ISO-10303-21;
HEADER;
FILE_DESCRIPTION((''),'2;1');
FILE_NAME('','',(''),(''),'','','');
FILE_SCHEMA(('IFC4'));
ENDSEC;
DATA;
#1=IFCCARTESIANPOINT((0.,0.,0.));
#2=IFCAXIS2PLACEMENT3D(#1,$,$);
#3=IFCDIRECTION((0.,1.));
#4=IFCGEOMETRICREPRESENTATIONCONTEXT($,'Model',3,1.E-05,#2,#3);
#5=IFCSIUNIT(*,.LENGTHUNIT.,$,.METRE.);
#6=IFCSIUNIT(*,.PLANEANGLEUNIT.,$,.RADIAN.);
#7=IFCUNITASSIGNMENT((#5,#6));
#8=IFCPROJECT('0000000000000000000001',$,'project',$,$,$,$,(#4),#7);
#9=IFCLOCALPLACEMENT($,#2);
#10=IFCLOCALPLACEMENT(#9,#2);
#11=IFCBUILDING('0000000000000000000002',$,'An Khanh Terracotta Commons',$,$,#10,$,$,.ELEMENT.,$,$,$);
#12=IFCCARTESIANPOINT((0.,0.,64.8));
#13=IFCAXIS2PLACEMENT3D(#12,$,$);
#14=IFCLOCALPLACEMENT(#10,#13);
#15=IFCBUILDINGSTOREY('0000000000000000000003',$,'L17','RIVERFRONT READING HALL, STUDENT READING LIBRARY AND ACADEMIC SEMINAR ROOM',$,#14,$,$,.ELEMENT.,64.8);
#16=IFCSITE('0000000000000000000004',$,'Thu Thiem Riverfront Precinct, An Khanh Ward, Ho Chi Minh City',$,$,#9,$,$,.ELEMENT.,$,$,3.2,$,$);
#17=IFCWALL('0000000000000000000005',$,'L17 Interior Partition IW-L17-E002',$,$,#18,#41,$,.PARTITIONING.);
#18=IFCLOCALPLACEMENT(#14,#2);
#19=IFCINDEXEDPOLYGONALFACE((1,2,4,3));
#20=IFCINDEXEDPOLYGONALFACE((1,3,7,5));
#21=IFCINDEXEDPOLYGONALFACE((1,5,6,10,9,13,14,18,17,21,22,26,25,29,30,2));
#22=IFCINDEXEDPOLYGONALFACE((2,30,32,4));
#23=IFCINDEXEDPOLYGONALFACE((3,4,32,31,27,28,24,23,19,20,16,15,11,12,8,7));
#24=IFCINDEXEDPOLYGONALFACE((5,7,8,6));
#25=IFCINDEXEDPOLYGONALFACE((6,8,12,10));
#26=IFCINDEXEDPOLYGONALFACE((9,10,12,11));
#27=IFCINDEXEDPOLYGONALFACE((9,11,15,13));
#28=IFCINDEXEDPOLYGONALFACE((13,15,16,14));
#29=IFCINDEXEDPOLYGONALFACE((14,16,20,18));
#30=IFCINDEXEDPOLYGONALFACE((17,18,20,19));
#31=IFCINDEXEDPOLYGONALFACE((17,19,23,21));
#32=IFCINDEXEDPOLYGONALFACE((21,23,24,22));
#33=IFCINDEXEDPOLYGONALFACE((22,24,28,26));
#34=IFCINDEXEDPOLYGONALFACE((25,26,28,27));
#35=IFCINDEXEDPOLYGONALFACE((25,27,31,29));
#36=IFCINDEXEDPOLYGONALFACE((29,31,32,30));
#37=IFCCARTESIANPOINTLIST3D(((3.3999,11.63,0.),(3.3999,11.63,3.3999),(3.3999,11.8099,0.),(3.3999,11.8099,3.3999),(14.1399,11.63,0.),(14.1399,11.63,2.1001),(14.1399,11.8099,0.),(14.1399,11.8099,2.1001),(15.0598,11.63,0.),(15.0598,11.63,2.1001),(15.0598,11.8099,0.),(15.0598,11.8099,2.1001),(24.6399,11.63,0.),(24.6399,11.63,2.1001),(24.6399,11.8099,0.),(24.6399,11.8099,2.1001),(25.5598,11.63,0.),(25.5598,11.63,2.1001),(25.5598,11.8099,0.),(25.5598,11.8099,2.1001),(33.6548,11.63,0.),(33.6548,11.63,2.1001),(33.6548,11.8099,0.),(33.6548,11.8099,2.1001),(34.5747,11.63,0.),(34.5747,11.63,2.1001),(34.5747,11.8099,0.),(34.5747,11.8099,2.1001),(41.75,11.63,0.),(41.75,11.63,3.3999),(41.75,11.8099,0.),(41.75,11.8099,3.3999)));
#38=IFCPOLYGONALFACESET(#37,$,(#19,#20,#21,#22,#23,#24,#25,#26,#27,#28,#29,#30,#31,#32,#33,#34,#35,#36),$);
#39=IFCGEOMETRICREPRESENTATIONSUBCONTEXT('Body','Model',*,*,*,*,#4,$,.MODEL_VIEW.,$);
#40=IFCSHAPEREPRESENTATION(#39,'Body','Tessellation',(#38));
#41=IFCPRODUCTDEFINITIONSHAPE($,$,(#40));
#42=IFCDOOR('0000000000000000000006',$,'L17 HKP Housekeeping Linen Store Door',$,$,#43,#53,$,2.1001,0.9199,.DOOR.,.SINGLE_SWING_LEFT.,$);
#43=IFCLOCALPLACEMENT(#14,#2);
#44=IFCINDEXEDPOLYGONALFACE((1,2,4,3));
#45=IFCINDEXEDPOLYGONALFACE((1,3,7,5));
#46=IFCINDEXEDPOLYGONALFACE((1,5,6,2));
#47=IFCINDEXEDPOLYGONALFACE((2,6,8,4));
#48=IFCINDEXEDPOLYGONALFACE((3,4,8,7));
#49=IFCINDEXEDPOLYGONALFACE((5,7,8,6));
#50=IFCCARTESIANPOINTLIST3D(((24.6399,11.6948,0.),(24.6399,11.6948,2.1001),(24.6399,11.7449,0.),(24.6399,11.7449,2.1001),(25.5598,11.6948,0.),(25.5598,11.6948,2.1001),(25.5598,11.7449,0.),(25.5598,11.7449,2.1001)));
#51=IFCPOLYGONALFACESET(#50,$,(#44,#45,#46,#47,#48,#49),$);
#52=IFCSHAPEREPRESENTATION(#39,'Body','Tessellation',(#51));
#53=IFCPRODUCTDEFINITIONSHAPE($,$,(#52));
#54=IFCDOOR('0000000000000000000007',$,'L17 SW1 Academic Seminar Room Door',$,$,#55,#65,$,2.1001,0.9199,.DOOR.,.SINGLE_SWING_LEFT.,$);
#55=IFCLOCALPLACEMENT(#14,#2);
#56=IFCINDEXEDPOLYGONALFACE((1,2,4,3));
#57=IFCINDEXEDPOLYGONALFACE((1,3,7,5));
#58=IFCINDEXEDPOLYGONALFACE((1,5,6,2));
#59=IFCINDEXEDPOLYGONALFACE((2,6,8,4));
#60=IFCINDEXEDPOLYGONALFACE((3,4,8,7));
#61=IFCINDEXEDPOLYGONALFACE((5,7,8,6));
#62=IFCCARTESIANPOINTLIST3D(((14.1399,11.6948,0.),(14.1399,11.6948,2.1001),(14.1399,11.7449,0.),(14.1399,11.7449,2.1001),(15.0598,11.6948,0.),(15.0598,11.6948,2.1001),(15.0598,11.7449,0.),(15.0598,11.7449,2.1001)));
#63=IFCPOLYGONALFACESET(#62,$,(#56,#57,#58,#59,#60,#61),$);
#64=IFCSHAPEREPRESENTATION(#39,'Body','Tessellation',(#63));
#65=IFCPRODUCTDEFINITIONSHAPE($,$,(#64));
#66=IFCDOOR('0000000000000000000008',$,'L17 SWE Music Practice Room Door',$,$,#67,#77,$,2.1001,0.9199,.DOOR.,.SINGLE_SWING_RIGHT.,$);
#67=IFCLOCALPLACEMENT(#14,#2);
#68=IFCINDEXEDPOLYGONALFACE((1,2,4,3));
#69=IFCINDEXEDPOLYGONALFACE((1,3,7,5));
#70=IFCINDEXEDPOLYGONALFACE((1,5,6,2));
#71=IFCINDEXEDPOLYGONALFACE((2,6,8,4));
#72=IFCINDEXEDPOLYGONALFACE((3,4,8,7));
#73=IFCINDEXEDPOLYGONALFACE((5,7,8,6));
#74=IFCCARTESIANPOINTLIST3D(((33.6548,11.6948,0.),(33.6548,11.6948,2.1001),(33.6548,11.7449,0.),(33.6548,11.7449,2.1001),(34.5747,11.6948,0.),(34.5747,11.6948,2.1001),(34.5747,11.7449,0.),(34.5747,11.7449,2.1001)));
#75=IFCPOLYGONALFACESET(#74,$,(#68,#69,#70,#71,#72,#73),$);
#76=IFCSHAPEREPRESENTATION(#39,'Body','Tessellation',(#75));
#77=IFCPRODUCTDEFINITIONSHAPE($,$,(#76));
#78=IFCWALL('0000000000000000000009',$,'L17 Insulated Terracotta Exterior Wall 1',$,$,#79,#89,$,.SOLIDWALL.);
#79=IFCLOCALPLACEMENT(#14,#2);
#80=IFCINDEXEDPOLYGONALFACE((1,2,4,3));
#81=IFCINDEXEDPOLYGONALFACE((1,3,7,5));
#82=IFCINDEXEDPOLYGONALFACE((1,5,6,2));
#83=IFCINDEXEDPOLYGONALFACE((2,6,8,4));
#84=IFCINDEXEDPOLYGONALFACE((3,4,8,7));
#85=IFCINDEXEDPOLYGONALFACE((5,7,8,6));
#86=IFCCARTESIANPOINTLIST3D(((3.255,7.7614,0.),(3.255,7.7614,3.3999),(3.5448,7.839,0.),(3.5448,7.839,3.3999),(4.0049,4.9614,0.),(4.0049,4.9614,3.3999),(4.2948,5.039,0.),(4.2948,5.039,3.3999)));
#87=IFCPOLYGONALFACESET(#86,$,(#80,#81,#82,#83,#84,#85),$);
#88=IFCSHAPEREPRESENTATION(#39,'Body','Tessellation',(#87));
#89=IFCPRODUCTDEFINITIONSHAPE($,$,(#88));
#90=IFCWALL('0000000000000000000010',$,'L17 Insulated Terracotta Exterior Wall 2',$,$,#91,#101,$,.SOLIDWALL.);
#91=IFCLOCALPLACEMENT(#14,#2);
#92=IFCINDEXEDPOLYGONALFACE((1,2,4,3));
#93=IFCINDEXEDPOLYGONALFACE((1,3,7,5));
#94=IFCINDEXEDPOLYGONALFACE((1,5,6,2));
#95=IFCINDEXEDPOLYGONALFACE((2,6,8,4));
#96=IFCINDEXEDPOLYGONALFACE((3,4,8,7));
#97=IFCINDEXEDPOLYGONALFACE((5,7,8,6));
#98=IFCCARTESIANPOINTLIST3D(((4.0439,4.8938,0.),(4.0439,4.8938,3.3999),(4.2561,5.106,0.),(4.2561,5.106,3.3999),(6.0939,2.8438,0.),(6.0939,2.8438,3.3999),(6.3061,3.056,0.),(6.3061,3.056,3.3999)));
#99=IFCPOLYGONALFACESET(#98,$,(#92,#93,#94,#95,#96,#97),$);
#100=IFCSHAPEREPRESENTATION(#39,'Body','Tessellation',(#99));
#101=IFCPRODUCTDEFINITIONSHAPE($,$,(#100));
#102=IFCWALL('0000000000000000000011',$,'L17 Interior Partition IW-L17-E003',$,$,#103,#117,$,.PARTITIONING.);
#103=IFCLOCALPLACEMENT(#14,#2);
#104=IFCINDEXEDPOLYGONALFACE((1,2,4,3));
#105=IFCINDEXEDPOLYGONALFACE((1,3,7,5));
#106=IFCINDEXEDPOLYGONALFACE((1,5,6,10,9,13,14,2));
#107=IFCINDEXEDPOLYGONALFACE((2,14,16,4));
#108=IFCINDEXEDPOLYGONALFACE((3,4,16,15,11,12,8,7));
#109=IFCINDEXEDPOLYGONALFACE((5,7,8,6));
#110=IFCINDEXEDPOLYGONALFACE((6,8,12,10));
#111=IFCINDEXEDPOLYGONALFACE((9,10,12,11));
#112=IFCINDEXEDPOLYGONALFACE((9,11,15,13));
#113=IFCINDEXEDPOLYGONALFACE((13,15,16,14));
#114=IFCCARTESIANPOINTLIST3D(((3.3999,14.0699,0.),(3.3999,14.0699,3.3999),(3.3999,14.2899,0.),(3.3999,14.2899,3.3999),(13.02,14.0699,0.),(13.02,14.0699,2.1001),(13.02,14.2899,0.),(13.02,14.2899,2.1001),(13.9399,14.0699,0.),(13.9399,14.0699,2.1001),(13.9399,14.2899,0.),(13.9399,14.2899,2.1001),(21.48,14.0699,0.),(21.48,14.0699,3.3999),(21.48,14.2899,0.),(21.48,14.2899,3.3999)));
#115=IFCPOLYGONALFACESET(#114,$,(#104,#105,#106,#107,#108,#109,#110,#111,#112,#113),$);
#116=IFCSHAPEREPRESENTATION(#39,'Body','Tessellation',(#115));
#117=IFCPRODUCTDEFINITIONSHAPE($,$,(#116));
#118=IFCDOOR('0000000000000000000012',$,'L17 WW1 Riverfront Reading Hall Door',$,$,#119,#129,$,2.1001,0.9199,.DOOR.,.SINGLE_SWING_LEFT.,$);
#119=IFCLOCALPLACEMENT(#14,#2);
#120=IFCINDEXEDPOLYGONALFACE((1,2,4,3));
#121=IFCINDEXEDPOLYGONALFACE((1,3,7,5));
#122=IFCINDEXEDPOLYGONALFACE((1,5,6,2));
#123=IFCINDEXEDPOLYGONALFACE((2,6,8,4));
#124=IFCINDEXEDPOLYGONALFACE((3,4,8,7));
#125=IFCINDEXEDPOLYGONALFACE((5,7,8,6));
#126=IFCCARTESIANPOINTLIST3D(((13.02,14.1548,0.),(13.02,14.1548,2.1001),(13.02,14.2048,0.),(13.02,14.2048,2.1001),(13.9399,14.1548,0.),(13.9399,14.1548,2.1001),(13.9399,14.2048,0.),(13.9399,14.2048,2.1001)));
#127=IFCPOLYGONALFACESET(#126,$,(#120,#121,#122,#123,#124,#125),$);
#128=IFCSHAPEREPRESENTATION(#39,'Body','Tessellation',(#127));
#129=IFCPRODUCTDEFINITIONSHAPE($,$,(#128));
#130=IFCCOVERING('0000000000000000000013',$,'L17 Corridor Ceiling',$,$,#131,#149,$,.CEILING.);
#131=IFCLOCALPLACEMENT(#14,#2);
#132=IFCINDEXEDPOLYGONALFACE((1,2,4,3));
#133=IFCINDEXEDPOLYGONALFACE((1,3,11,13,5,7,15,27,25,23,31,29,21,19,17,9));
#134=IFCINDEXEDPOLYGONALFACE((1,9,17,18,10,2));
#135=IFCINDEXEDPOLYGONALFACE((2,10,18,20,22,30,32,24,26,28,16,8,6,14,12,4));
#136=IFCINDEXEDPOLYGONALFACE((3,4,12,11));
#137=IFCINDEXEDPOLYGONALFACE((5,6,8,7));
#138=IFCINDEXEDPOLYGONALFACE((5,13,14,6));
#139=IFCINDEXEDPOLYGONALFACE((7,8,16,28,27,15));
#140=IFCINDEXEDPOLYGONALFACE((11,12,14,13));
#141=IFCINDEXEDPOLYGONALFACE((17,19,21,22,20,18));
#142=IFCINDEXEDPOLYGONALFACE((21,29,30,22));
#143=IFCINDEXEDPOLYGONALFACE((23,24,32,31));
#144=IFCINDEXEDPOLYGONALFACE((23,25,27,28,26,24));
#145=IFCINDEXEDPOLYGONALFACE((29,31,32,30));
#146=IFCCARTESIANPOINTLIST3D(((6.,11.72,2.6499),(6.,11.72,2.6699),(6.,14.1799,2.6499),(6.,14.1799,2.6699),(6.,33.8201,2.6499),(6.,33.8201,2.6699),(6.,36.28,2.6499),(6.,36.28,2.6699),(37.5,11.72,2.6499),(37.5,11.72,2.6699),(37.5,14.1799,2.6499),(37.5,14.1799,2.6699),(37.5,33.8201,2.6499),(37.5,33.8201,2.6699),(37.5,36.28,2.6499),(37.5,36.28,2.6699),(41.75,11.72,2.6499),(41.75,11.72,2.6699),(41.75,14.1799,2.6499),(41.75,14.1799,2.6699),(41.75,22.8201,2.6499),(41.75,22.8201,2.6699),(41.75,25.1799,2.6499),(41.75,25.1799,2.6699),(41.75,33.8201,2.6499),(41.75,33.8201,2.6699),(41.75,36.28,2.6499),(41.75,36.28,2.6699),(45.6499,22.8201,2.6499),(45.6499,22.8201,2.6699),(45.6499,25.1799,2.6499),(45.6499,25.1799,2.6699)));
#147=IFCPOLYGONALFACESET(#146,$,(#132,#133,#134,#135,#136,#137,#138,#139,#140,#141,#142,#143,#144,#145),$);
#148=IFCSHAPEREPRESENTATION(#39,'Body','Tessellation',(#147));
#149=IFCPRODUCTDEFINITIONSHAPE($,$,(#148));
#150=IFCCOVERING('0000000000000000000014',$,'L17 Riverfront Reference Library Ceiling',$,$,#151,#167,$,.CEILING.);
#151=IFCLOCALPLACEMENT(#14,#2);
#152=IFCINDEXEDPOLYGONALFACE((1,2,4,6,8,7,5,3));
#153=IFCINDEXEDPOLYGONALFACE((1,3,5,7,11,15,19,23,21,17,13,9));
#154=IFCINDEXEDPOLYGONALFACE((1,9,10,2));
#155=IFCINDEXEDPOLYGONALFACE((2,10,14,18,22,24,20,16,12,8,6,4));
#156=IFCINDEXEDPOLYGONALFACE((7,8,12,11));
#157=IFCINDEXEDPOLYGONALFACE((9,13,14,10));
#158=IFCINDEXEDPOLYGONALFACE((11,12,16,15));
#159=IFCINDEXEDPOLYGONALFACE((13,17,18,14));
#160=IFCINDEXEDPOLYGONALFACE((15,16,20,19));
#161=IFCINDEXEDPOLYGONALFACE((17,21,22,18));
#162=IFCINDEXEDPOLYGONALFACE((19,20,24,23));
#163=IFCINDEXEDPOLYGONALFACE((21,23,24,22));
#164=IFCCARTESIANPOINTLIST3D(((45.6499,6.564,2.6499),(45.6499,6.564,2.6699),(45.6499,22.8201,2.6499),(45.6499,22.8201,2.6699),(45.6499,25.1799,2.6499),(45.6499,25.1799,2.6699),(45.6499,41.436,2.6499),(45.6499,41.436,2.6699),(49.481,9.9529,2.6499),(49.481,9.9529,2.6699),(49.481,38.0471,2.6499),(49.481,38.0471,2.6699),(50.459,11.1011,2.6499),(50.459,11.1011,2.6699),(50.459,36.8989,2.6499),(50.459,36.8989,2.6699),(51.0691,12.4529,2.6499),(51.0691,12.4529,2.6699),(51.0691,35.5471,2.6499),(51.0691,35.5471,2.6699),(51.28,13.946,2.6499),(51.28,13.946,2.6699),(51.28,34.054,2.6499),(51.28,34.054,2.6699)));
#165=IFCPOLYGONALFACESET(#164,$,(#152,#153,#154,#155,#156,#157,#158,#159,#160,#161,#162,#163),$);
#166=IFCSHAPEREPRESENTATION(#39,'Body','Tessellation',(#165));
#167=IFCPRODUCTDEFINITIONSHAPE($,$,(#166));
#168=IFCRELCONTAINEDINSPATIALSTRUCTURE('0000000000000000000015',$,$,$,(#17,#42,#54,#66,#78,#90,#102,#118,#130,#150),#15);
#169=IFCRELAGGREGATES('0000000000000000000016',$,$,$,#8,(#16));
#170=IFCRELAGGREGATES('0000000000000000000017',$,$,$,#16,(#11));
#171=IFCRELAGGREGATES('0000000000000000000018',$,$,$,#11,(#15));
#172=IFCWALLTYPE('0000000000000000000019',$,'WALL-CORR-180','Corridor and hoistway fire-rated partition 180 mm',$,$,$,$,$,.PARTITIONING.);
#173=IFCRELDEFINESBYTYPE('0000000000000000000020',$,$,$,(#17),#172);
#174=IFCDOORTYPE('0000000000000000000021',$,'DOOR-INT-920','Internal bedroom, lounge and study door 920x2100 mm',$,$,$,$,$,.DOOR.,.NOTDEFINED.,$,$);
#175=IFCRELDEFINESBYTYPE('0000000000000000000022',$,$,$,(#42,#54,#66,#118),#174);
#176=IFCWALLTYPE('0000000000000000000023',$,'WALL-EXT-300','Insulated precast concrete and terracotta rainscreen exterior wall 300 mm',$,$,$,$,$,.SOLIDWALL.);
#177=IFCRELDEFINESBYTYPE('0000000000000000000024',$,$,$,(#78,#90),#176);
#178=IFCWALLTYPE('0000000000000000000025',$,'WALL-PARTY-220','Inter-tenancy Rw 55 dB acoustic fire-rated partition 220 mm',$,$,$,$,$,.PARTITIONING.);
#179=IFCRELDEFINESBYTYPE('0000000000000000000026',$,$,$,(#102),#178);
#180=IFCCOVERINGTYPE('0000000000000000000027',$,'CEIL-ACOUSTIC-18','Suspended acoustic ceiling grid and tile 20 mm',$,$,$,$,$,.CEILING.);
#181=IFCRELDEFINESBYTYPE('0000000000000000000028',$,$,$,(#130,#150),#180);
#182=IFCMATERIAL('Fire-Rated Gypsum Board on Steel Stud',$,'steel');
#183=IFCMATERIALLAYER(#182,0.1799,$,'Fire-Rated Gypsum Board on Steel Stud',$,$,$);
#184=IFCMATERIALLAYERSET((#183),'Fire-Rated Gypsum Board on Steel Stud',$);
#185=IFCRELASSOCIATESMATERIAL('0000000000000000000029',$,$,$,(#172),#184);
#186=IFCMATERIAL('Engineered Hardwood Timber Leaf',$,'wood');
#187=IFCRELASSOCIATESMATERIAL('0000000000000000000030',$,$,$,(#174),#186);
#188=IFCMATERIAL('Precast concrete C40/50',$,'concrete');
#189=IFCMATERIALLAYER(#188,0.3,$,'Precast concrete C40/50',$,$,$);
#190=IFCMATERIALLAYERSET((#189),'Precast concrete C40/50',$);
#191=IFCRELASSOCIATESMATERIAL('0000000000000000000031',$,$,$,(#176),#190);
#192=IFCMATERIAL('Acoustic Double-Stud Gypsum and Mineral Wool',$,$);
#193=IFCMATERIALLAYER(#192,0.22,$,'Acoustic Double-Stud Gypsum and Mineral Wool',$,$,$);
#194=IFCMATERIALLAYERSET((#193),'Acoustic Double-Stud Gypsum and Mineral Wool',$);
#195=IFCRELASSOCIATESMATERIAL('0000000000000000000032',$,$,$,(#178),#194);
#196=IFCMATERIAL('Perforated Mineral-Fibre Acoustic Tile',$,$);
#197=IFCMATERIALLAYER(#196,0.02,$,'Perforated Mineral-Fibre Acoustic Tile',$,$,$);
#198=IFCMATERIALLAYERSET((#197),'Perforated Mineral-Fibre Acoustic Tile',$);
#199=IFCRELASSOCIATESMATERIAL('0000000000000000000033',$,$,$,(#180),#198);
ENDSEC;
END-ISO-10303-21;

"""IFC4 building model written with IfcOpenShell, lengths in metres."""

from ifc_helpers import new_model, si_unit, direction, frame, frame_2d, origin, place, context, subcontext, project, spatial, polyline, rectangle, outline, extrude, material, layer, layer_set, type_object, element, fill, save


model = new_model("IFC4")

# Units and contexts
model_context = context("Model", 3, precision=1e-05, world=origin(), true_north=direction((0.0, 1.0)))
body_context = subcontext(model_context, "Body", "Model", "MODEL_VIEW")
ifc_project = project(units=[si_unit("LENGTHUNIT", "METRE"), si_unit("PLANEANGLEUNIT", "RADIAN")], contexts=[model_context])

# Site, building, storey
site_placement = place(None, origin())
site = spatial("IfcSite", under=ifc_project, at=site_placement, Name="Thu Thiem Riverfront Precinct, An Khanh Ward, Ho Chi Minh City", CompositionType="ELEMENT", RefElevation=3.2)
building_placement = place(site_placement, origin())
building = spatial("IfcBuilding", under=site, at=building_placement, Name="An Khanh Terracotta Commons", CompositionType="ELEMENT")
storey_placement = place(building_placement, frame((0.0, 0.0, 64.8)))
storey = spatial("IfcBuildingStorey", under=building, at=storey_placement, Name="L17", Description="RIVERFRONT READING HALL, STUDENT READING LIBRARY AND ACADEMIC SEMINAR ROOM", CompositionType="ELEMENT", Elevation=64.8)

# Shared definitions
ifc_material_1 = material(Name="Precast concrete C40/50", Category="concrete")

# Wall, openings, doors
ifc_material_2 = material(Name="Fire-Rated Gypsum Board on Steel Stud", Category="steel")
ifc_layer_1 = layer(ifc_material_2, 0.1799, Name="Fire-Rated Gypsum Board on Steel Stud")
ifc_layer_set_1 = layer_set([ifc_layer_1], Name="Fire-Rated Gypsum Board on Steel Stud")
wall_type_1 = type_object("IfcWallType", Name="WALL-CORR-180", Description="Corridor and hoistway fire-rated partition 180 mm", PredefinedType="PARTITIONING", material=ifc_layer_set_1)
wall_1_placement = place(storey_placement, frame((3.3999, 11.72, 0.0), z_axis=(0.0, 0.0, 1.0), x_axis=(1.0, 0.0, 0.0)))
wall_1 = element("IfcWall", 1, at=wall_1_placement, inside=storey, type_object=wall_type_1, Name="L17 Interior Partition IW-L17-E002", PredefinedType="PARTITIONING", context=body_context, shape_type="SweptSolid", body=[
    extrude(rectangle(XDim=38.3501, YDim=0.1799, at=frame_2d((19.175, 0.0))), origin(), (0.0, 0.0, 1.0), 3.3999),
])
opening_1_placement = place(wall_1_placement, frame((21.24, 0.0, 0.0)))
opening_1 = element("IfcOpeningElement", 2, at=opening_1_placement, cuts=wall_1, PredefinedType="OPENING", context=body_context, shape_type="SweptSolid", body=[
    extrude(rectangle(XDim=0.9199, YDim=2.1001, at=frame_2d((0.46, 1.05))), frame((0.0, 0.0999, 0.0), z_axis=(0.0, -1.0, 0.0), x_axis=(1.0, 0.0, 0.0)), (0.0, 0.0, 1.0), 0.2),
])
opening_2_placement = place(wall_1_placement, frame((10.74, 0.0, 0.0)))
opening_2 = element("IfcOpeningElement", 3, at=opening_2_placement, cuts=wall_1, PredefinedType="OPENING", context=body_context, shape_type="SweptSolid", body=[
    extrude(rectangle(XDim=0.9199, YDim=2.1001, at=frame_2d((0.46, 1.05))), frame((0.0, 0.0999, 0.0), z_axis=(0.0, -1.0, 0.0), x_axis=(1.0, 0.0, 0.0)), (0.0, 0.0, 1.0), 0.2),
])
opening_3_placement = place(wall_1_placement, frame((30.2549, 0.0, 0.0)))
opening_3 = element("IfcOpeningElement", 4, at=opening_3_placement, cuts=wall_1, PredefinedType="OPENING", context=body_context, shape_type="SweptSolid", body=[
    extrude(rectangle(XDim=0.9199, YDim=2.1001, at=frame_2d((0.46, 1.05))), frame((0.0, 0.0999, 0.0), z_axis=(0.0, -1.0, 0.0), x_axis=(1.0, 0.0, 0.0)), (0.0, 0.0, 1.0), 0.2),
])
ifc_material_3 = material(Name="Engineered Hardwood Timber Leaf", Category="wood")
door_type = type_object("IfcDoorType", Name="DOOR-INT-920", Description="Internal bedroom, lounge and study door 920x2100 mm", OperationType="NOTDEFINED", PredefinedType="DOOR", material=ifc_material_3)
door_1_placement = place(opening_1_placement, origin())
door_1 = element("IfcDoor", 5, at=door_1_placement, inside=storey, type_object=door_type, Name="L17 HKP Housekeeping Linen Store Door", OperationType="SINGLE_SWING_LEFT", OverallHeight=2.1001, OverallWidth=0.9199, PredefinedType="DOOR", context=body_context, shape_type="SweptSolid", body=[
    extrude(rectangle(XDim=0.9199, YDim=2.1001, at=frame_2d((0.46, 1.05))), frame((0.0, 0.0249, 0.0), z_axis=(0.0, -1.0, 0.0), x_axis=(1.0, 0.0, 0.0)), (0.0, 0.0, 1.0), 0.05),
])
fill(opening_1, door_1)
door_2_placement = place(opening_2_placement, origin())
door_2 = element("IfcDoor", 6, at=door_2_placement, inside=storey, type_object=door_type, Name="L17 SW1 Academic Seminar Room Door", OperationType="SINGLE_SWING_LEFT", OverallHeight=2.1001, OverallWidth=0.9199, PredefinedType="DOOR", context=body_context, shape_type="SweptSolid", body=[
    extrude(rectangle(XDim=0.9199, YDim=2.1001, at=frame_2d((0.46, 1.05))), frame((0.0, 0.0249, 0.0), z_axis=(0.0, -1.0, 0.0), x_axis=(1.0, 0.0, 0.0)), (0.0, 0.0, 1.0), 0.05),
])
fill(opening_2, door_2)
door_3_placement = place(opening_3_placement, origin())
door_3 = element("IfcDoor", 7, at=door_3_placement, inside=storey, type_object=door_type, Name="L17 SWE Music Practice Room Door", OperationType="SINGLE_SWING_RIGHT", OverallHeight=2.1001, OverallWidth=0.9199, PredefinedType="DOOR", context=body_context, shape_type="SweptSolid", body=[
    extrude(rectangle(XDim=0.9199, YDim=2.1001, at=frame_2d((0.46, 1.05))), frame((0.0, 0.0249, 0.0), z_axis=(0.0, -1.0, 0.0), x_axis=(1.0, 0.0, 0.0)), (0.0, 0.0, 1.0), 0.05),
])
fill(opening_3, door_3)

# Walls
ifc_layer_2 = layer(ifc_material_1, 0.3, Name="Precast concrete C40/50")
ifc_layer_set_2 = layer_set([ifc_layer_2], Name="Precast concrete C40/50")
wall_type_2 = type_object("IfcWallType", Name="WALL-EXT-300", Description="Insulated precast concrete and terracotta rainscreen exterior wall 300 mm", PredefinedType="SOLIDWALL", material=ifc_layer_set_2)
wall_2_placement = place(storey_placement, frame((3.3999, 7.8, 0.0), z_axis=(0.0, 0.0, 1.0), x_axis=(0.258732, -0.965949, 0.0)))
element("IfcWall", 8, at=wall_2_placement, inside=storey, type_object=wall_type_2, Name="L17 Insulated Terracotta Exterior Wall 1", PredefinedType="SOLIDWALL", context=body_context, shape_type="SweptSolid", body=[
    extrude(rectangle(XDim=2.8987, YDim=0.3, at=frame_2d((1.4492, 0.0))), origin(), (0.0, 0.0, 1.0), 3.3999),
])
wall_3_placement = place(storey_placement, frame((4.1499, 5.0, 0.0), z_axis=(0.0, 0.0, 1.0), x_axis=(0.707107, -0.707107, 0.0)))
element("IfcWall", 9, at=wall_3_placement, inside=storey, type_object=wall_type_2, Name="L17 Insulated Terracotta Exterior Wall 2", PredefinedType="SOLIDWALL", context=body_context, shape_type="SweptSolid", body=[
    extrude(rectangle(XDim=2.8992, YDim=0.3, at=frame_2d((1.4497, 0.0))), origin(), (0.0, 0.0, 1.0), 3.3999),
])

# Wall, opening, door
ifc_material_4 = material(Name="Acoustic Double-Stud Gypsum and Mineral Wool")
ifc_layer_3 = layer(ifc_material_4, 0.22, Name="Acoustic Double-Stud Gypsum and Mineral Wool")
ifc_layer_set_3 = layer_set([ifc_layer_3], Name="Acoustic Double-Stud Gypsum and Mineral Wool")
wall_type_3 = type_object("IfcWallType", Name="WALL-PARTY-220", Description="Inter-tenancy Rw 55 dB acoustic fire-rated partition 220 mm", PredefinedType="PARTITIONING", material=ifc_layer_set_3)
wall_4_placement = place(storey_placement, frame((3.3999, 14.1799, 0.0), z_axis=(0.0, 0.0, 1.0), x_axis=(1.0, 0.0, 0.0)))
wall_4 = element("IfcWall", 10, at=wall_4_placement, inside=storey, type_object=wall_type_3, Name="L17 Interior Partition IW-L17-E003", PredefinedType="PARTITIONING", context=body_context, shape_type="SweptSolid", body=[
    extrude(rectangle(XDim=18.0801, YDim=0.22, at=frame_2d((9.04, 0.0))), origin(), (0.0, 0.0, 1.0), 3.3999),
])
opening_4_placement = place(wall_4_placement, frame((9.6201, 0.0, 0.0)))
opening_4 = element("IfcOpeningElement", 11, at=opening_4_placement, cuts=wall_4, PredefinedType="OPENING", context=body_context, shape_type="SweptSolid", body=[
    extrude(rectangle(XDim=0.9199, YDim=2.1001, at=frame_2d((0.46, 1.05))), frame((0.0, 0.1199, 0.0), z_axis=(0.0, -1.0, 0.0), x_axis=(1.0, 0.0, 0.0)), (0.0, 0.0, 1.0), 0.24),
])
door_4_placement = place(opening_4_placement, origin())
door_4 = element("IfcDoor", 12, at=door_4_placement, inside=storey, type_object=door_type, Name="L17 WW1 Riverfront Reading Hall Door", OperationType="SINGLE_SWING_LEFT", OverallHeight=2.1001, OverallWidth=0.9199, PredefinedType="DOOR", context=body_context, shape_type="SweptSolid", body=[
    extrude(rectangle(XDim=0.9199, YDim=2.1001, at=frame_2d((0.46, 1.05))), frame((0.0, 0.0249, 0.0), z_axis=(0.0, -1.0, 0.0), x_axis=(1.0, 0.0, 0.0)), (0.0, 0.0, 1.0), 0.05),
])
fill(opening_4, door_4)

# Coverings
ifc_material_5 = material(Name="Perforated Mineral-Fibre Acoustic Tile")
ifc_layer_4 = layer(ifc_material_5, 0.02, Name="Perforated Mineral-Fibre Acoustic Tile")
ifc_layer_set_4 = layer_set([ifc_layer_4], Name="Perforated Mineral-Fibre Acoustic Tile")
covering_type = type_object("IfcCoveringType", Name="CEIL-ACOUSTIC-18", Description="Suspended acoustic ceiling grid and tile 20 mm", PredefinedType="CEILING", material=ifc_layer_set_4)
covering_1_placement = place(storey_placement, frame((0.0, 0.0, 2.6499)))
element("IfcCovering", 13, at=covering_1_placement, inside=storey, type_object=covering_type, Name="L17 Corridor Ceiling", PredefinedType="CEILING", context=body_context, shape_type="SweptSolid", body=[
    extrude(outline(polyline([(6.0, 11.72), (6.0, 14.1799), (37.5, 14.1799), (37.5, 33.8201), (6.0, 33.8201), (6.0, 36.28), (37.5, 36.28), (41.75, 36.28), (41.75, 33.8201), (41.75, 25.1799), (45.6499, 25.1799), (45.6499, 22.8201), (41.75, 22.8201), (41.75, 14.1799), (41.75, 11.72), (37.5, 11.72), (6.0, 11.72)])), origin(), (0.0, 0.0, 1.0), 0.02),
])
covering_2_placement = place(storey_placement, frame((0.0, 0.0, 2.6499)))
element("IfcCovering", 14, at=covering_2_placement, inside=storey, type_object=covering_type, Name="L17 Riverfront Reference Library Ceiling", PredefinedType="CEILING", context=body_context, shape_type="SweptSolid", body=[
    extrude(outline(polyline([(49.481, 38.0471), (50.459, 36.8989), (51.0691, 35.5471), (51.28, 34.054), (51.28, 13.946), (51.0691, 12.4529), (50.459, 11.1011), (49.481, 9.9529), (45.6499, 6.564), (45.6499, 22.8201), (45.6499, 25.1799), (45.6499, 41.436), (49.481, 38.0471)])), origin(), (0.0, 0.0, 1.0), 0.02),
])

save(model, "model.ifc")
